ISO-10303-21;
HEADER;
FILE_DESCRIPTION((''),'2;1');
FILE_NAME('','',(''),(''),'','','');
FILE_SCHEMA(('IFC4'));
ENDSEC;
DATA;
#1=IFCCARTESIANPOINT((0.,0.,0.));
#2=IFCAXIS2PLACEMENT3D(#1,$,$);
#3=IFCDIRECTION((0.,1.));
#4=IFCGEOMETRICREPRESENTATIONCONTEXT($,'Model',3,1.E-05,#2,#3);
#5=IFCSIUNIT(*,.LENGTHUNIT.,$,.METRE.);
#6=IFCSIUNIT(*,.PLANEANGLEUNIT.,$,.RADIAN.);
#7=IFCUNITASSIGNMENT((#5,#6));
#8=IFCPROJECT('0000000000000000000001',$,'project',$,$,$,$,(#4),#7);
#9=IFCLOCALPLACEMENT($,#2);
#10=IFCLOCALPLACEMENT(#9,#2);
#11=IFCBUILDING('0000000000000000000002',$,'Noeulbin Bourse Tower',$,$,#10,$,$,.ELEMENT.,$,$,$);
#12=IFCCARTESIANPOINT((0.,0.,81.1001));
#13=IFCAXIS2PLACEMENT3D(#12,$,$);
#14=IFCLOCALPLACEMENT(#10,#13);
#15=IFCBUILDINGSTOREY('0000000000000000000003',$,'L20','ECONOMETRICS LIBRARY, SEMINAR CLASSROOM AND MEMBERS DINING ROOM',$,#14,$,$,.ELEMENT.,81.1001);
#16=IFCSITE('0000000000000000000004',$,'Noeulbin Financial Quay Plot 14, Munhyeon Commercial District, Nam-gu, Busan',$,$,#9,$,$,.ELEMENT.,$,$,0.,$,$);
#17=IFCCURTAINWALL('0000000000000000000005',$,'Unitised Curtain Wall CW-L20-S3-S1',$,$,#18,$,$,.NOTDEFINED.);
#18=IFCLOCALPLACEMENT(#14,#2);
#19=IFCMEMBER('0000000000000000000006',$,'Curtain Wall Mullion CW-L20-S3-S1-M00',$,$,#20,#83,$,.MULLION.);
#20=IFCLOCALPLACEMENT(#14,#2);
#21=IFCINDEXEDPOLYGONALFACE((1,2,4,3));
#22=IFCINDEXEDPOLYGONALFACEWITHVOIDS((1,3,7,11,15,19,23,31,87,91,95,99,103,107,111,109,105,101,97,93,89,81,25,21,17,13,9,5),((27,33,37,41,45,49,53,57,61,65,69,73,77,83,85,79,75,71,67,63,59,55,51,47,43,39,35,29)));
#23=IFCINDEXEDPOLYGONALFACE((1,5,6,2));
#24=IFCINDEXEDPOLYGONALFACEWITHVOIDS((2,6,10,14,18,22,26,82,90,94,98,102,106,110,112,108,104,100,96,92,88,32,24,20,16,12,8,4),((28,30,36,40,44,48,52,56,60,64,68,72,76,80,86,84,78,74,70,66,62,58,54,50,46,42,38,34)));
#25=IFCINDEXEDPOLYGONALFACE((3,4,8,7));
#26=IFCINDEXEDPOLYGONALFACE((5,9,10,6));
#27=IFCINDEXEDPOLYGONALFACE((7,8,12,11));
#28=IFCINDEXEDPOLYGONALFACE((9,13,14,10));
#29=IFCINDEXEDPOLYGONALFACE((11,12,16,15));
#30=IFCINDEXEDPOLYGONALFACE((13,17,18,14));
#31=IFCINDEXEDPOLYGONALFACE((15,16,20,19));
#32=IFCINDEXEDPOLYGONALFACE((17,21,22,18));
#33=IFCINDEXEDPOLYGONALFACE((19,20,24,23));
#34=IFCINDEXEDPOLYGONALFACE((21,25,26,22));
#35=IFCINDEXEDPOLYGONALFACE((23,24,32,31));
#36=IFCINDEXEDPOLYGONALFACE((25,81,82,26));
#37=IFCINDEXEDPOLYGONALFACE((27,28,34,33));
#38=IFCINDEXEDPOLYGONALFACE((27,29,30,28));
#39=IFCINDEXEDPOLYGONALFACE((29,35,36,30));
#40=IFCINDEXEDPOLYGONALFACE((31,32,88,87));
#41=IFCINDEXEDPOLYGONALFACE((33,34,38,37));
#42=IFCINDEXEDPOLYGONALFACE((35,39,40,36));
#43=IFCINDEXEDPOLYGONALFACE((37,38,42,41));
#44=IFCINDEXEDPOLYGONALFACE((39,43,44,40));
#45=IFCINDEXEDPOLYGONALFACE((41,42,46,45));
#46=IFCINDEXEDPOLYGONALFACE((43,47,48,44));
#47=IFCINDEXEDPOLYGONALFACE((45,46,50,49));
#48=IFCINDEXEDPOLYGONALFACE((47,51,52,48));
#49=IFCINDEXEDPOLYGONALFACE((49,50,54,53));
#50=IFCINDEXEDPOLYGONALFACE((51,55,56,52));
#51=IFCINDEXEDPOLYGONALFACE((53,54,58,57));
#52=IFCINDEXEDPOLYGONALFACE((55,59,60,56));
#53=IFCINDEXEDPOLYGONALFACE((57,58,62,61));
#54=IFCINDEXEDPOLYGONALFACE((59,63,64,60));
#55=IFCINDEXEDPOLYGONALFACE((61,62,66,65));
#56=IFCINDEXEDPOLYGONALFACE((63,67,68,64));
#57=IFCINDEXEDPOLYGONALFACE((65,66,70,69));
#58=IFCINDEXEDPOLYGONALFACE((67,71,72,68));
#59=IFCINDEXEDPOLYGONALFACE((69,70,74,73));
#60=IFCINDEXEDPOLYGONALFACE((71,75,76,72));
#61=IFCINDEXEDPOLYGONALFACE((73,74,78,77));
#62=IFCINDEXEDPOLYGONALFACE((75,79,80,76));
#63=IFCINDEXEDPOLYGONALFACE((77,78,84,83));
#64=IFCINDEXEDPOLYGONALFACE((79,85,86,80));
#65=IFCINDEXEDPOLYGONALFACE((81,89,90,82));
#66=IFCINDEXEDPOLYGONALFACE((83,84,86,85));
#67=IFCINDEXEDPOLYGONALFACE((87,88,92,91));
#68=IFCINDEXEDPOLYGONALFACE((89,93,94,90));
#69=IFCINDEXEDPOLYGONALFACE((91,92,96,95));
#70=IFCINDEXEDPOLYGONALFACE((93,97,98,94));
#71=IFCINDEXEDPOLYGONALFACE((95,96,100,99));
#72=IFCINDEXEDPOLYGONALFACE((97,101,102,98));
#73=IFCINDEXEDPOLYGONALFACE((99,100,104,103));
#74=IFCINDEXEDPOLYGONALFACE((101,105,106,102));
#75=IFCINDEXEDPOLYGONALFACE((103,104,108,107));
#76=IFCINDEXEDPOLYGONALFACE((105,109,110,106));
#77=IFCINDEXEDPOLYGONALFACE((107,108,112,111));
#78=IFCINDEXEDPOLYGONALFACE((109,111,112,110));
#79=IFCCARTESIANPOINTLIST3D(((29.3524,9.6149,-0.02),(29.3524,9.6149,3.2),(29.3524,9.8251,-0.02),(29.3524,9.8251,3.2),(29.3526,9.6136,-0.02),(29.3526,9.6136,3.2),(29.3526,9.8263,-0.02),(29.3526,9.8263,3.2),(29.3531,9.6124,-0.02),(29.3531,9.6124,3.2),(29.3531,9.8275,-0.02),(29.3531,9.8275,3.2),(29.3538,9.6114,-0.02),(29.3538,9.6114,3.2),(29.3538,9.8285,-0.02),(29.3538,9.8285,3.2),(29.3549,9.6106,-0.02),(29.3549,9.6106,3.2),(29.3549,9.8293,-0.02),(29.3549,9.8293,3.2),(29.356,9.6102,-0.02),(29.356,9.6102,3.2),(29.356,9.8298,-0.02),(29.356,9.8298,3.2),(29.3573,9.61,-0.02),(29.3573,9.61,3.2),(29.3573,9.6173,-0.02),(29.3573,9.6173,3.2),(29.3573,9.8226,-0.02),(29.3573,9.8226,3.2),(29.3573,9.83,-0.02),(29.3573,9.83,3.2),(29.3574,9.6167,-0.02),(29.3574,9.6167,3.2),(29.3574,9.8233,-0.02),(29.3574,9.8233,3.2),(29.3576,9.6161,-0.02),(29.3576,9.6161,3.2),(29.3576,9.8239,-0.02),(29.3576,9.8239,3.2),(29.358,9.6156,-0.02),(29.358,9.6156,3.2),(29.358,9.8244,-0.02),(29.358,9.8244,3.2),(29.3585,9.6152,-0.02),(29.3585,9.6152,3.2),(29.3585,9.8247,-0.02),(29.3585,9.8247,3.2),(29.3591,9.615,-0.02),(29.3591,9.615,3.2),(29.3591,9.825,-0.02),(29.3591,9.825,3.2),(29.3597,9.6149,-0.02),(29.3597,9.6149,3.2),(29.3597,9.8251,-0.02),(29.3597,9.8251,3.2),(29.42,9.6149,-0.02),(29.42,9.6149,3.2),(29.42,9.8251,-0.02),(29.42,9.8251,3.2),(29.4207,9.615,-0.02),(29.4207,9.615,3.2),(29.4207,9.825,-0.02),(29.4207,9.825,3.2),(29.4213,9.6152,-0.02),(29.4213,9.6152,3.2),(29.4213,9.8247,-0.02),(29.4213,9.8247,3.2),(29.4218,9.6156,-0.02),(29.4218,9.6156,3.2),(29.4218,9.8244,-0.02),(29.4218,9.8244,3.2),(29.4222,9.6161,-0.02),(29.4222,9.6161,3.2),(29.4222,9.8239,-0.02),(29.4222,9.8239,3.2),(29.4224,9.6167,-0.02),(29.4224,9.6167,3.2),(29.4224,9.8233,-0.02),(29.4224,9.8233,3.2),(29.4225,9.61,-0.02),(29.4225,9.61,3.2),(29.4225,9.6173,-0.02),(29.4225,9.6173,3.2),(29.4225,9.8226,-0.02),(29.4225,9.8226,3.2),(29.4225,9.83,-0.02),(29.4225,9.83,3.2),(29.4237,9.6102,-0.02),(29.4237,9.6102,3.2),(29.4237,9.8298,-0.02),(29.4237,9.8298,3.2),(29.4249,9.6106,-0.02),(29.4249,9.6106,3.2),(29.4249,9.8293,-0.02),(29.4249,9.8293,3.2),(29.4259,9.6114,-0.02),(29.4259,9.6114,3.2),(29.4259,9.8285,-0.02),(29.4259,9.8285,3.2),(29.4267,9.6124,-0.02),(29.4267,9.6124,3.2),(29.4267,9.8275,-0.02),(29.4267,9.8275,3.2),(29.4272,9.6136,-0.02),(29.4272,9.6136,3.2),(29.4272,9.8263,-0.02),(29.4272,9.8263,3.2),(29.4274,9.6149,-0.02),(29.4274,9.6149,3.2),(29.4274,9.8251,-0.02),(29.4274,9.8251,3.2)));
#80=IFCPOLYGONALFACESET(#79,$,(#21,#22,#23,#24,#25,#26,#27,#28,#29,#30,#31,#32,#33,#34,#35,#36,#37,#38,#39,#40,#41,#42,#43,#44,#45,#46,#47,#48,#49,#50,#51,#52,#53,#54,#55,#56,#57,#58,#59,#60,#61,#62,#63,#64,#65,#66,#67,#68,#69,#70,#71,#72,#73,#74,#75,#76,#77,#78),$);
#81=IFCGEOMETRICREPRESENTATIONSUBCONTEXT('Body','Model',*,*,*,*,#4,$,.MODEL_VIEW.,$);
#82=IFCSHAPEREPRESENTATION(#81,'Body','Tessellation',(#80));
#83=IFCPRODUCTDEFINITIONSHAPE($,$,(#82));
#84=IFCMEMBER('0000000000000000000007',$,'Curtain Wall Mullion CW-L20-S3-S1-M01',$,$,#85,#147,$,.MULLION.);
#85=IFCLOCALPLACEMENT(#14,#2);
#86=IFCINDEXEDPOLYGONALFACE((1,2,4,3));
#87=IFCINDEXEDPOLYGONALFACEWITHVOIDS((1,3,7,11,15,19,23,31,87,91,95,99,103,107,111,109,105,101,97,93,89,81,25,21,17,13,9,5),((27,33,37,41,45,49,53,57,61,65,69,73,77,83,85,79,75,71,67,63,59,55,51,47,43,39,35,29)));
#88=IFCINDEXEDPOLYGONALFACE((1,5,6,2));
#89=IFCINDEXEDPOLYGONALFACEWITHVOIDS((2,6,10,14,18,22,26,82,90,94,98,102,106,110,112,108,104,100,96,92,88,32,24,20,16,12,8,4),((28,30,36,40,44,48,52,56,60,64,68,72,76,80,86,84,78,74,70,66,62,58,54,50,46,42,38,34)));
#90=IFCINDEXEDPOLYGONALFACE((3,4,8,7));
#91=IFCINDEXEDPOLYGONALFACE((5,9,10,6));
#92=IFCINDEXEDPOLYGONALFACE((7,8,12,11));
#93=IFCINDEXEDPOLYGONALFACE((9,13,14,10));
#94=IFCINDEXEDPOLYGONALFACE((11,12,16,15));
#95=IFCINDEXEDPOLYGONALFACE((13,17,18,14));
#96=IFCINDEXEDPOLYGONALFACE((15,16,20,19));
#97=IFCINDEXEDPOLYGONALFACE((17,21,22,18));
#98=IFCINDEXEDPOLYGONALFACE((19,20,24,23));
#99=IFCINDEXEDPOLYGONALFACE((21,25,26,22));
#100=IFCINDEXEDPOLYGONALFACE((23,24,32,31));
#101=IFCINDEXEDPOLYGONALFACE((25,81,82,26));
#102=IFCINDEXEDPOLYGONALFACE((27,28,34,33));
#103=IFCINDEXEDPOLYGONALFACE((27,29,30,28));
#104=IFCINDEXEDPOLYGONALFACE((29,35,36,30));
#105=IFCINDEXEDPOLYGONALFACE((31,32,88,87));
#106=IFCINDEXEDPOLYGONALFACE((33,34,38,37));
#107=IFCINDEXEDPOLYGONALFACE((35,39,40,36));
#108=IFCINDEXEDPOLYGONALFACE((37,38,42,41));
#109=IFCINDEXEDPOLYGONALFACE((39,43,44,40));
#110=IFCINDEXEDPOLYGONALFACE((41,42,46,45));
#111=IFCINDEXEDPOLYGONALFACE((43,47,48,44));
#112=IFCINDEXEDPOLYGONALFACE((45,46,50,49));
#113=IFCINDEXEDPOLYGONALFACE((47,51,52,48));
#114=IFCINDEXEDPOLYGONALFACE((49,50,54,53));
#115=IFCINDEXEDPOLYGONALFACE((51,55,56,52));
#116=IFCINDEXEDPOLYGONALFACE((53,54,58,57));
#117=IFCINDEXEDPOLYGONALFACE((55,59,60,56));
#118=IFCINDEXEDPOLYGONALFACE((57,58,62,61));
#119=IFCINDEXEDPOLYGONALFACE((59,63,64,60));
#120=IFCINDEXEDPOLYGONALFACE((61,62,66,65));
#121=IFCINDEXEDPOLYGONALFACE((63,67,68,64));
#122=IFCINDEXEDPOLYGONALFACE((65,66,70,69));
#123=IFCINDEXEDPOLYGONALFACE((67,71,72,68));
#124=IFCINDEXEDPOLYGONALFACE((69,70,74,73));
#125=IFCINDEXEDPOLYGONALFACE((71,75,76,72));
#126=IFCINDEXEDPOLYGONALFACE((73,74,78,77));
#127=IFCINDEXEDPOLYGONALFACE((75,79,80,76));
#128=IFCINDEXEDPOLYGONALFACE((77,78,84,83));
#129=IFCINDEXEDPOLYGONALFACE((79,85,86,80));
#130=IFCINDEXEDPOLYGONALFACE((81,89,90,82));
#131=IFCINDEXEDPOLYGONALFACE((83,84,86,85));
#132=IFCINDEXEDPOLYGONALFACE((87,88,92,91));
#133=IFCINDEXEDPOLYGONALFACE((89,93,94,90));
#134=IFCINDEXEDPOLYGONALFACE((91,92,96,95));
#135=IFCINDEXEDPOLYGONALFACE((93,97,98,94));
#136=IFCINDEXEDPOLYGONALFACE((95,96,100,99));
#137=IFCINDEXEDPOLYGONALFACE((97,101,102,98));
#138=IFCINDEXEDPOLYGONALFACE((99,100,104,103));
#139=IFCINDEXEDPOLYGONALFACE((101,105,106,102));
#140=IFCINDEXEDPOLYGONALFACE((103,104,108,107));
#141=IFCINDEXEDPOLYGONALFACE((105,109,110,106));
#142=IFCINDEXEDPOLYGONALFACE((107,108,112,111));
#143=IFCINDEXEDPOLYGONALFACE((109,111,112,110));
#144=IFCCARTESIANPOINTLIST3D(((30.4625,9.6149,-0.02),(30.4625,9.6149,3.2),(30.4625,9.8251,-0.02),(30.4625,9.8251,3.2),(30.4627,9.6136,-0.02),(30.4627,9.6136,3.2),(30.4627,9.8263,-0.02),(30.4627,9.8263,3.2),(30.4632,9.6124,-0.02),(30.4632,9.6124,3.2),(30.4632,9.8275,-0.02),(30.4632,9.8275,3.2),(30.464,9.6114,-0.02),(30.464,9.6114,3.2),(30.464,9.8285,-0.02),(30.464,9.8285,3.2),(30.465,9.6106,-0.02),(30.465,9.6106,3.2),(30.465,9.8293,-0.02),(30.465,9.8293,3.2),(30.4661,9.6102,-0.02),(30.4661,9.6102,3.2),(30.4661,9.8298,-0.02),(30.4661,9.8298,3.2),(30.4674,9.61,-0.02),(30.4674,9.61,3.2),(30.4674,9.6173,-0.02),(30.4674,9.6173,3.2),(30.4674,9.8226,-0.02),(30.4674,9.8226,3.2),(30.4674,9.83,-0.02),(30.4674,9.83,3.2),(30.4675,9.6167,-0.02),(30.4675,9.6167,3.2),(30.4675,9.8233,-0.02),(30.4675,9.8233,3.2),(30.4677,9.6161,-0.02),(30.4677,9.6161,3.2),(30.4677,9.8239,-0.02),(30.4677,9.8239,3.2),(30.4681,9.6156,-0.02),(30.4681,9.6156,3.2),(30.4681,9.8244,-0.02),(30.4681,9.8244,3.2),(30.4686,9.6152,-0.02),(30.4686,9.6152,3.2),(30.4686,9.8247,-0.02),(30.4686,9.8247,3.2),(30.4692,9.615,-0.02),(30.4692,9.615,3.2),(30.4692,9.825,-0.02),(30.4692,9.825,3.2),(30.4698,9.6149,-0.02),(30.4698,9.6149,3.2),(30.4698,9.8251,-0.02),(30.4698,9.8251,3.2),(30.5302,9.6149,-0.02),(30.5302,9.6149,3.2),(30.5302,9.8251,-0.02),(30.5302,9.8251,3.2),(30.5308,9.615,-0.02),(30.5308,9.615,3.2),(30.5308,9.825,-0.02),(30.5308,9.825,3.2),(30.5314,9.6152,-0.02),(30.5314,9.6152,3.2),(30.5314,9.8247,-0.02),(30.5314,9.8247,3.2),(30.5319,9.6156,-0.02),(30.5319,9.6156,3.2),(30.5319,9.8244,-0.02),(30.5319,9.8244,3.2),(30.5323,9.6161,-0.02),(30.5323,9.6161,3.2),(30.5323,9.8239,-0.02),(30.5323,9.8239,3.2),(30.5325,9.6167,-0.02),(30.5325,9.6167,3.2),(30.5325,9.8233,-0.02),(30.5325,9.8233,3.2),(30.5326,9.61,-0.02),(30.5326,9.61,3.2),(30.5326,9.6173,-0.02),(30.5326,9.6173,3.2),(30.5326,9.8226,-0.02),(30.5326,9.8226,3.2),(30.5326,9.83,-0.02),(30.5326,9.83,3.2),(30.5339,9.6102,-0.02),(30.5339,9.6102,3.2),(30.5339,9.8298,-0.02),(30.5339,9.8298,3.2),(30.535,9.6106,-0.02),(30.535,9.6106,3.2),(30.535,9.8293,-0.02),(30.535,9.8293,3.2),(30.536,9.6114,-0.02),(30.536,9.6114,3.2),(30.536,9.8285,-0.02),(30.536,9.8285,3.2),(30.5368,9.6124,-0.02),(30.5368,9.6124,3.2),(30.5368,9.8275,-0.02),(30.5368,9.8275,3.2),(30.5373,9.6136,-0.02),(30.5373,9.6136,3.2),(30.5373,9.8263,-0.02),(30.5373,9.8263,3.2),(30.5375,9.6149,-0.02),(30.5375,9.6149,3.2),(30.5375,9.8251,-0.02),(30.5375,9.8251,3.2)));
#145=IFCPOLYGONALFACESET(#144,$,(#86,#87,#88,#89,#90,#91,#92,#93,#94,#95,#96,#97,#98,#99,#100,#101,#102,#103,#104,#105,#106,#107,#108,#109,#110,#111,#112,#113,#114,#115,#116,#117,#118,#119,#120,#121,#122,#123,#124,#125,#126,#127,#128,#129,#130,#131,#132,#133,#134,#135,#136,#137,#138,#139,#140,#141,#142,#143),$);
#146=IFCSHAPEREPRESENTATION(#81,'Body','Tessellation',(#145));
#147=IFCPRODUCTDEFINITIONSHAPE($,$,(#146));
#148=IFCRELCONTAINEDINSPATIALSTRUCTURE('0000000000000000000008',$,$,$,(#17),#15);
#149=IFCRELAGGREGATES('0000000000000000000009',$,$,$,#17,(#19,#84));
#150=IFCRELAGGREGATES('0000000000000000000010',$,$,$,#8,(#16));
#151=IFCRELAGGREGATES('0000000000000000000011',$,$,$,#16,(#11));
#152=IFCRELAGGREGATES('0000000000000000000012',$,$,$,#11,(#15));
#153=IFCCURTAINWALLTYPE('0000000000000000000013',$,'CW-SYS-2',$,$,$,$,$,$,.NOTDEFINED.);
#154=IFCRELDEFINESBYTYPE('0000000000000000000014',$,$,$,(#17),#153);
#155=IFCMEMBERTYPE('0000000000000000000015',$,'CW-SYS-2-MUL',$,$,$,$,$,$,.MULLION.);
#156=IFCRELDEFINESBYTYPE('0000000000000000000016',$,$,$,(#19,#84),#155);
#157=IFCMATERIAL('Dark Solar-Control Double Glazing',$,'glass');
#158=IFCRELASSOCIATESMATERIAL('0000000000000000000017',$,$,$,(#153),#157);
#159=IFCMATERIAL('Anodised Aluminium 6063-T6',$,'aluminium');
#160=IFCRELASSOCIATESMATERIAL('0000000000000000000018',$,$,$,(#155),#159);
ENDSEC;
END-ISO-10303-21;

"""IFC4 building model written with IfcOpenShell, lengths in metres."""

from ifc_helpers import new_model, si_unit, direction, frame, origin, origin_2d, place, context, subcontext, project, spatial, hollow_rectangle, extrude, material, material_profile, profile_set, type_object, element, aggregate, save


model = new_model("IFC4")

# Units and contexts
model_context = context("Model", 3, precision=1e-05, world=origin(), true_north=direction((0.0, 1.0)))
body_context = subcontext(model_context, "Body", "Model", "MODEL_VIEW")
ifc_project = project(units=[si_unit("LENGTHUNIT", "METRE"), si_unit("PLANEANGLEUNIT", "RADIAN")], contexts=[model_context])

# Site, building, storey
site_placement = place(None, origin())
site = spatial("IfcSite", under=ifc_project, at=site_placement, Name="Noeulbin Financial Quay Plot 14, Munhyeon Commercial District, Nam-gu, Busan", CompositionType="ELEMENT", RefElevation=0.0)
building_placement = place(site_placement, origin())
building = spatial("IfcBuilding", under=site, at=building_placement, Name="Noeulbin Bourse Tower", CompositionType="ELEMENT")
storey_placement = place(building_placement, frame((0.0, 0.0, 81.1001)))
storey = spatial("IfcBuildingStorey", under=building, at=storey_placement, Name="L20", Description="ECONOMETRICS LIBRARY, SEMINAR CLASSROOM AND MEMBERS DINING ROOM", CompositionType="ELEMENT", Elevation=81.1001)

# Curtain wall, members
ifc_material_1 = material(Name="Dark Solar-Control Double Glazing", Category="glass")
curtain_wall_type = type_object("IfcCurtainWallType", Name="CW-SYS-2", PredefinedType="NOTDEFINED", material=ifc_material_1)
curtain_wall_1_placement = place(storey_placement, origin())
curtain_wall_1 = element("IfcCurtainWall", 1, at=curtain_wall_1_placement, inside=storey, type_object=curtain_wall_type, Name="Unitised Curtain Wall CW-L20-S3-S1", PredefinedType="NOTDEFINED")
ifc_material_2 = material(Name="Anodised Aluminium 6063-T6", Category="aluminium")
ifc_material_profile_1 = material_profile(ifc_material_2, hollow_rectangle(XDim=0.075, YDim=0.22, WallThickness=0.0049, InnerFilletRadius=0.0024, OuterFilletRadius=0.0049, at=origin_2d()), Name="ALU-MULL-75x220x5", Category="LoadBearing")
ifc_profile_set_1 = profile_set([ifc_material_profile_1], Name="Anodised Aluminium 6063-T6")
member_type_1 = type_object("IfcMemberType", Name="CW-SYS-2-MUL", PredefinedType="MULLION", material=ifc_profile_set_1)
member_1_placement = place(storey_placement, frame((29.3899, 9.72, -0.02), z_axis=(0.0, 0.0, 1.0), x_axis=(1.0, 0.0, 0.0)))
member_1 = element("IfcMember", 2, at=member_1_placement, type_object=member_type_1, Name="Curtain Wall Mullion CW-L20-S3-S1-M00", PredefinedType="MULLION", context=body_context, shape_type="SweptSolid", body=[
    extrude(hollow_rectangle(XDim=0.075, YDim=0.22, WallThickness=0.0049, InnerFilletRadius=0.0024, OuterFilletRadius=0.0049, at=origin_2d()), origin(), (0.0, 0.0, 1.0), 3.22),
])
member_2_placement = place(storey_placement, frame((30.5, 9.72, -0.02), z_axis=(0.0, 0.0, 1.0), x_axis=(1.0, 0.0, 0.0)))
member_2 = element("IfcMember", 3, at=member_2_placement, type_object=member_type_1, Name="Curtain Wall Mullion CW-L20-S3-S1-M01", PredefinedType="MULLION", context=body_context, shape_type="SweptSolid", body=[
    extrude(hollow_rectangle(XDim=0.075, YDim=0.22, WallThickness=0.0049, InnerFilletRadius=0.0024, OuterFilletRadius=0.0049, at=origin_2d()), origin(), (0.0, 0.0, 1.0), 3.22),
])

aggregate(curtain_wall_1, [member_1, member_2])

save(model, "model.ifc")
